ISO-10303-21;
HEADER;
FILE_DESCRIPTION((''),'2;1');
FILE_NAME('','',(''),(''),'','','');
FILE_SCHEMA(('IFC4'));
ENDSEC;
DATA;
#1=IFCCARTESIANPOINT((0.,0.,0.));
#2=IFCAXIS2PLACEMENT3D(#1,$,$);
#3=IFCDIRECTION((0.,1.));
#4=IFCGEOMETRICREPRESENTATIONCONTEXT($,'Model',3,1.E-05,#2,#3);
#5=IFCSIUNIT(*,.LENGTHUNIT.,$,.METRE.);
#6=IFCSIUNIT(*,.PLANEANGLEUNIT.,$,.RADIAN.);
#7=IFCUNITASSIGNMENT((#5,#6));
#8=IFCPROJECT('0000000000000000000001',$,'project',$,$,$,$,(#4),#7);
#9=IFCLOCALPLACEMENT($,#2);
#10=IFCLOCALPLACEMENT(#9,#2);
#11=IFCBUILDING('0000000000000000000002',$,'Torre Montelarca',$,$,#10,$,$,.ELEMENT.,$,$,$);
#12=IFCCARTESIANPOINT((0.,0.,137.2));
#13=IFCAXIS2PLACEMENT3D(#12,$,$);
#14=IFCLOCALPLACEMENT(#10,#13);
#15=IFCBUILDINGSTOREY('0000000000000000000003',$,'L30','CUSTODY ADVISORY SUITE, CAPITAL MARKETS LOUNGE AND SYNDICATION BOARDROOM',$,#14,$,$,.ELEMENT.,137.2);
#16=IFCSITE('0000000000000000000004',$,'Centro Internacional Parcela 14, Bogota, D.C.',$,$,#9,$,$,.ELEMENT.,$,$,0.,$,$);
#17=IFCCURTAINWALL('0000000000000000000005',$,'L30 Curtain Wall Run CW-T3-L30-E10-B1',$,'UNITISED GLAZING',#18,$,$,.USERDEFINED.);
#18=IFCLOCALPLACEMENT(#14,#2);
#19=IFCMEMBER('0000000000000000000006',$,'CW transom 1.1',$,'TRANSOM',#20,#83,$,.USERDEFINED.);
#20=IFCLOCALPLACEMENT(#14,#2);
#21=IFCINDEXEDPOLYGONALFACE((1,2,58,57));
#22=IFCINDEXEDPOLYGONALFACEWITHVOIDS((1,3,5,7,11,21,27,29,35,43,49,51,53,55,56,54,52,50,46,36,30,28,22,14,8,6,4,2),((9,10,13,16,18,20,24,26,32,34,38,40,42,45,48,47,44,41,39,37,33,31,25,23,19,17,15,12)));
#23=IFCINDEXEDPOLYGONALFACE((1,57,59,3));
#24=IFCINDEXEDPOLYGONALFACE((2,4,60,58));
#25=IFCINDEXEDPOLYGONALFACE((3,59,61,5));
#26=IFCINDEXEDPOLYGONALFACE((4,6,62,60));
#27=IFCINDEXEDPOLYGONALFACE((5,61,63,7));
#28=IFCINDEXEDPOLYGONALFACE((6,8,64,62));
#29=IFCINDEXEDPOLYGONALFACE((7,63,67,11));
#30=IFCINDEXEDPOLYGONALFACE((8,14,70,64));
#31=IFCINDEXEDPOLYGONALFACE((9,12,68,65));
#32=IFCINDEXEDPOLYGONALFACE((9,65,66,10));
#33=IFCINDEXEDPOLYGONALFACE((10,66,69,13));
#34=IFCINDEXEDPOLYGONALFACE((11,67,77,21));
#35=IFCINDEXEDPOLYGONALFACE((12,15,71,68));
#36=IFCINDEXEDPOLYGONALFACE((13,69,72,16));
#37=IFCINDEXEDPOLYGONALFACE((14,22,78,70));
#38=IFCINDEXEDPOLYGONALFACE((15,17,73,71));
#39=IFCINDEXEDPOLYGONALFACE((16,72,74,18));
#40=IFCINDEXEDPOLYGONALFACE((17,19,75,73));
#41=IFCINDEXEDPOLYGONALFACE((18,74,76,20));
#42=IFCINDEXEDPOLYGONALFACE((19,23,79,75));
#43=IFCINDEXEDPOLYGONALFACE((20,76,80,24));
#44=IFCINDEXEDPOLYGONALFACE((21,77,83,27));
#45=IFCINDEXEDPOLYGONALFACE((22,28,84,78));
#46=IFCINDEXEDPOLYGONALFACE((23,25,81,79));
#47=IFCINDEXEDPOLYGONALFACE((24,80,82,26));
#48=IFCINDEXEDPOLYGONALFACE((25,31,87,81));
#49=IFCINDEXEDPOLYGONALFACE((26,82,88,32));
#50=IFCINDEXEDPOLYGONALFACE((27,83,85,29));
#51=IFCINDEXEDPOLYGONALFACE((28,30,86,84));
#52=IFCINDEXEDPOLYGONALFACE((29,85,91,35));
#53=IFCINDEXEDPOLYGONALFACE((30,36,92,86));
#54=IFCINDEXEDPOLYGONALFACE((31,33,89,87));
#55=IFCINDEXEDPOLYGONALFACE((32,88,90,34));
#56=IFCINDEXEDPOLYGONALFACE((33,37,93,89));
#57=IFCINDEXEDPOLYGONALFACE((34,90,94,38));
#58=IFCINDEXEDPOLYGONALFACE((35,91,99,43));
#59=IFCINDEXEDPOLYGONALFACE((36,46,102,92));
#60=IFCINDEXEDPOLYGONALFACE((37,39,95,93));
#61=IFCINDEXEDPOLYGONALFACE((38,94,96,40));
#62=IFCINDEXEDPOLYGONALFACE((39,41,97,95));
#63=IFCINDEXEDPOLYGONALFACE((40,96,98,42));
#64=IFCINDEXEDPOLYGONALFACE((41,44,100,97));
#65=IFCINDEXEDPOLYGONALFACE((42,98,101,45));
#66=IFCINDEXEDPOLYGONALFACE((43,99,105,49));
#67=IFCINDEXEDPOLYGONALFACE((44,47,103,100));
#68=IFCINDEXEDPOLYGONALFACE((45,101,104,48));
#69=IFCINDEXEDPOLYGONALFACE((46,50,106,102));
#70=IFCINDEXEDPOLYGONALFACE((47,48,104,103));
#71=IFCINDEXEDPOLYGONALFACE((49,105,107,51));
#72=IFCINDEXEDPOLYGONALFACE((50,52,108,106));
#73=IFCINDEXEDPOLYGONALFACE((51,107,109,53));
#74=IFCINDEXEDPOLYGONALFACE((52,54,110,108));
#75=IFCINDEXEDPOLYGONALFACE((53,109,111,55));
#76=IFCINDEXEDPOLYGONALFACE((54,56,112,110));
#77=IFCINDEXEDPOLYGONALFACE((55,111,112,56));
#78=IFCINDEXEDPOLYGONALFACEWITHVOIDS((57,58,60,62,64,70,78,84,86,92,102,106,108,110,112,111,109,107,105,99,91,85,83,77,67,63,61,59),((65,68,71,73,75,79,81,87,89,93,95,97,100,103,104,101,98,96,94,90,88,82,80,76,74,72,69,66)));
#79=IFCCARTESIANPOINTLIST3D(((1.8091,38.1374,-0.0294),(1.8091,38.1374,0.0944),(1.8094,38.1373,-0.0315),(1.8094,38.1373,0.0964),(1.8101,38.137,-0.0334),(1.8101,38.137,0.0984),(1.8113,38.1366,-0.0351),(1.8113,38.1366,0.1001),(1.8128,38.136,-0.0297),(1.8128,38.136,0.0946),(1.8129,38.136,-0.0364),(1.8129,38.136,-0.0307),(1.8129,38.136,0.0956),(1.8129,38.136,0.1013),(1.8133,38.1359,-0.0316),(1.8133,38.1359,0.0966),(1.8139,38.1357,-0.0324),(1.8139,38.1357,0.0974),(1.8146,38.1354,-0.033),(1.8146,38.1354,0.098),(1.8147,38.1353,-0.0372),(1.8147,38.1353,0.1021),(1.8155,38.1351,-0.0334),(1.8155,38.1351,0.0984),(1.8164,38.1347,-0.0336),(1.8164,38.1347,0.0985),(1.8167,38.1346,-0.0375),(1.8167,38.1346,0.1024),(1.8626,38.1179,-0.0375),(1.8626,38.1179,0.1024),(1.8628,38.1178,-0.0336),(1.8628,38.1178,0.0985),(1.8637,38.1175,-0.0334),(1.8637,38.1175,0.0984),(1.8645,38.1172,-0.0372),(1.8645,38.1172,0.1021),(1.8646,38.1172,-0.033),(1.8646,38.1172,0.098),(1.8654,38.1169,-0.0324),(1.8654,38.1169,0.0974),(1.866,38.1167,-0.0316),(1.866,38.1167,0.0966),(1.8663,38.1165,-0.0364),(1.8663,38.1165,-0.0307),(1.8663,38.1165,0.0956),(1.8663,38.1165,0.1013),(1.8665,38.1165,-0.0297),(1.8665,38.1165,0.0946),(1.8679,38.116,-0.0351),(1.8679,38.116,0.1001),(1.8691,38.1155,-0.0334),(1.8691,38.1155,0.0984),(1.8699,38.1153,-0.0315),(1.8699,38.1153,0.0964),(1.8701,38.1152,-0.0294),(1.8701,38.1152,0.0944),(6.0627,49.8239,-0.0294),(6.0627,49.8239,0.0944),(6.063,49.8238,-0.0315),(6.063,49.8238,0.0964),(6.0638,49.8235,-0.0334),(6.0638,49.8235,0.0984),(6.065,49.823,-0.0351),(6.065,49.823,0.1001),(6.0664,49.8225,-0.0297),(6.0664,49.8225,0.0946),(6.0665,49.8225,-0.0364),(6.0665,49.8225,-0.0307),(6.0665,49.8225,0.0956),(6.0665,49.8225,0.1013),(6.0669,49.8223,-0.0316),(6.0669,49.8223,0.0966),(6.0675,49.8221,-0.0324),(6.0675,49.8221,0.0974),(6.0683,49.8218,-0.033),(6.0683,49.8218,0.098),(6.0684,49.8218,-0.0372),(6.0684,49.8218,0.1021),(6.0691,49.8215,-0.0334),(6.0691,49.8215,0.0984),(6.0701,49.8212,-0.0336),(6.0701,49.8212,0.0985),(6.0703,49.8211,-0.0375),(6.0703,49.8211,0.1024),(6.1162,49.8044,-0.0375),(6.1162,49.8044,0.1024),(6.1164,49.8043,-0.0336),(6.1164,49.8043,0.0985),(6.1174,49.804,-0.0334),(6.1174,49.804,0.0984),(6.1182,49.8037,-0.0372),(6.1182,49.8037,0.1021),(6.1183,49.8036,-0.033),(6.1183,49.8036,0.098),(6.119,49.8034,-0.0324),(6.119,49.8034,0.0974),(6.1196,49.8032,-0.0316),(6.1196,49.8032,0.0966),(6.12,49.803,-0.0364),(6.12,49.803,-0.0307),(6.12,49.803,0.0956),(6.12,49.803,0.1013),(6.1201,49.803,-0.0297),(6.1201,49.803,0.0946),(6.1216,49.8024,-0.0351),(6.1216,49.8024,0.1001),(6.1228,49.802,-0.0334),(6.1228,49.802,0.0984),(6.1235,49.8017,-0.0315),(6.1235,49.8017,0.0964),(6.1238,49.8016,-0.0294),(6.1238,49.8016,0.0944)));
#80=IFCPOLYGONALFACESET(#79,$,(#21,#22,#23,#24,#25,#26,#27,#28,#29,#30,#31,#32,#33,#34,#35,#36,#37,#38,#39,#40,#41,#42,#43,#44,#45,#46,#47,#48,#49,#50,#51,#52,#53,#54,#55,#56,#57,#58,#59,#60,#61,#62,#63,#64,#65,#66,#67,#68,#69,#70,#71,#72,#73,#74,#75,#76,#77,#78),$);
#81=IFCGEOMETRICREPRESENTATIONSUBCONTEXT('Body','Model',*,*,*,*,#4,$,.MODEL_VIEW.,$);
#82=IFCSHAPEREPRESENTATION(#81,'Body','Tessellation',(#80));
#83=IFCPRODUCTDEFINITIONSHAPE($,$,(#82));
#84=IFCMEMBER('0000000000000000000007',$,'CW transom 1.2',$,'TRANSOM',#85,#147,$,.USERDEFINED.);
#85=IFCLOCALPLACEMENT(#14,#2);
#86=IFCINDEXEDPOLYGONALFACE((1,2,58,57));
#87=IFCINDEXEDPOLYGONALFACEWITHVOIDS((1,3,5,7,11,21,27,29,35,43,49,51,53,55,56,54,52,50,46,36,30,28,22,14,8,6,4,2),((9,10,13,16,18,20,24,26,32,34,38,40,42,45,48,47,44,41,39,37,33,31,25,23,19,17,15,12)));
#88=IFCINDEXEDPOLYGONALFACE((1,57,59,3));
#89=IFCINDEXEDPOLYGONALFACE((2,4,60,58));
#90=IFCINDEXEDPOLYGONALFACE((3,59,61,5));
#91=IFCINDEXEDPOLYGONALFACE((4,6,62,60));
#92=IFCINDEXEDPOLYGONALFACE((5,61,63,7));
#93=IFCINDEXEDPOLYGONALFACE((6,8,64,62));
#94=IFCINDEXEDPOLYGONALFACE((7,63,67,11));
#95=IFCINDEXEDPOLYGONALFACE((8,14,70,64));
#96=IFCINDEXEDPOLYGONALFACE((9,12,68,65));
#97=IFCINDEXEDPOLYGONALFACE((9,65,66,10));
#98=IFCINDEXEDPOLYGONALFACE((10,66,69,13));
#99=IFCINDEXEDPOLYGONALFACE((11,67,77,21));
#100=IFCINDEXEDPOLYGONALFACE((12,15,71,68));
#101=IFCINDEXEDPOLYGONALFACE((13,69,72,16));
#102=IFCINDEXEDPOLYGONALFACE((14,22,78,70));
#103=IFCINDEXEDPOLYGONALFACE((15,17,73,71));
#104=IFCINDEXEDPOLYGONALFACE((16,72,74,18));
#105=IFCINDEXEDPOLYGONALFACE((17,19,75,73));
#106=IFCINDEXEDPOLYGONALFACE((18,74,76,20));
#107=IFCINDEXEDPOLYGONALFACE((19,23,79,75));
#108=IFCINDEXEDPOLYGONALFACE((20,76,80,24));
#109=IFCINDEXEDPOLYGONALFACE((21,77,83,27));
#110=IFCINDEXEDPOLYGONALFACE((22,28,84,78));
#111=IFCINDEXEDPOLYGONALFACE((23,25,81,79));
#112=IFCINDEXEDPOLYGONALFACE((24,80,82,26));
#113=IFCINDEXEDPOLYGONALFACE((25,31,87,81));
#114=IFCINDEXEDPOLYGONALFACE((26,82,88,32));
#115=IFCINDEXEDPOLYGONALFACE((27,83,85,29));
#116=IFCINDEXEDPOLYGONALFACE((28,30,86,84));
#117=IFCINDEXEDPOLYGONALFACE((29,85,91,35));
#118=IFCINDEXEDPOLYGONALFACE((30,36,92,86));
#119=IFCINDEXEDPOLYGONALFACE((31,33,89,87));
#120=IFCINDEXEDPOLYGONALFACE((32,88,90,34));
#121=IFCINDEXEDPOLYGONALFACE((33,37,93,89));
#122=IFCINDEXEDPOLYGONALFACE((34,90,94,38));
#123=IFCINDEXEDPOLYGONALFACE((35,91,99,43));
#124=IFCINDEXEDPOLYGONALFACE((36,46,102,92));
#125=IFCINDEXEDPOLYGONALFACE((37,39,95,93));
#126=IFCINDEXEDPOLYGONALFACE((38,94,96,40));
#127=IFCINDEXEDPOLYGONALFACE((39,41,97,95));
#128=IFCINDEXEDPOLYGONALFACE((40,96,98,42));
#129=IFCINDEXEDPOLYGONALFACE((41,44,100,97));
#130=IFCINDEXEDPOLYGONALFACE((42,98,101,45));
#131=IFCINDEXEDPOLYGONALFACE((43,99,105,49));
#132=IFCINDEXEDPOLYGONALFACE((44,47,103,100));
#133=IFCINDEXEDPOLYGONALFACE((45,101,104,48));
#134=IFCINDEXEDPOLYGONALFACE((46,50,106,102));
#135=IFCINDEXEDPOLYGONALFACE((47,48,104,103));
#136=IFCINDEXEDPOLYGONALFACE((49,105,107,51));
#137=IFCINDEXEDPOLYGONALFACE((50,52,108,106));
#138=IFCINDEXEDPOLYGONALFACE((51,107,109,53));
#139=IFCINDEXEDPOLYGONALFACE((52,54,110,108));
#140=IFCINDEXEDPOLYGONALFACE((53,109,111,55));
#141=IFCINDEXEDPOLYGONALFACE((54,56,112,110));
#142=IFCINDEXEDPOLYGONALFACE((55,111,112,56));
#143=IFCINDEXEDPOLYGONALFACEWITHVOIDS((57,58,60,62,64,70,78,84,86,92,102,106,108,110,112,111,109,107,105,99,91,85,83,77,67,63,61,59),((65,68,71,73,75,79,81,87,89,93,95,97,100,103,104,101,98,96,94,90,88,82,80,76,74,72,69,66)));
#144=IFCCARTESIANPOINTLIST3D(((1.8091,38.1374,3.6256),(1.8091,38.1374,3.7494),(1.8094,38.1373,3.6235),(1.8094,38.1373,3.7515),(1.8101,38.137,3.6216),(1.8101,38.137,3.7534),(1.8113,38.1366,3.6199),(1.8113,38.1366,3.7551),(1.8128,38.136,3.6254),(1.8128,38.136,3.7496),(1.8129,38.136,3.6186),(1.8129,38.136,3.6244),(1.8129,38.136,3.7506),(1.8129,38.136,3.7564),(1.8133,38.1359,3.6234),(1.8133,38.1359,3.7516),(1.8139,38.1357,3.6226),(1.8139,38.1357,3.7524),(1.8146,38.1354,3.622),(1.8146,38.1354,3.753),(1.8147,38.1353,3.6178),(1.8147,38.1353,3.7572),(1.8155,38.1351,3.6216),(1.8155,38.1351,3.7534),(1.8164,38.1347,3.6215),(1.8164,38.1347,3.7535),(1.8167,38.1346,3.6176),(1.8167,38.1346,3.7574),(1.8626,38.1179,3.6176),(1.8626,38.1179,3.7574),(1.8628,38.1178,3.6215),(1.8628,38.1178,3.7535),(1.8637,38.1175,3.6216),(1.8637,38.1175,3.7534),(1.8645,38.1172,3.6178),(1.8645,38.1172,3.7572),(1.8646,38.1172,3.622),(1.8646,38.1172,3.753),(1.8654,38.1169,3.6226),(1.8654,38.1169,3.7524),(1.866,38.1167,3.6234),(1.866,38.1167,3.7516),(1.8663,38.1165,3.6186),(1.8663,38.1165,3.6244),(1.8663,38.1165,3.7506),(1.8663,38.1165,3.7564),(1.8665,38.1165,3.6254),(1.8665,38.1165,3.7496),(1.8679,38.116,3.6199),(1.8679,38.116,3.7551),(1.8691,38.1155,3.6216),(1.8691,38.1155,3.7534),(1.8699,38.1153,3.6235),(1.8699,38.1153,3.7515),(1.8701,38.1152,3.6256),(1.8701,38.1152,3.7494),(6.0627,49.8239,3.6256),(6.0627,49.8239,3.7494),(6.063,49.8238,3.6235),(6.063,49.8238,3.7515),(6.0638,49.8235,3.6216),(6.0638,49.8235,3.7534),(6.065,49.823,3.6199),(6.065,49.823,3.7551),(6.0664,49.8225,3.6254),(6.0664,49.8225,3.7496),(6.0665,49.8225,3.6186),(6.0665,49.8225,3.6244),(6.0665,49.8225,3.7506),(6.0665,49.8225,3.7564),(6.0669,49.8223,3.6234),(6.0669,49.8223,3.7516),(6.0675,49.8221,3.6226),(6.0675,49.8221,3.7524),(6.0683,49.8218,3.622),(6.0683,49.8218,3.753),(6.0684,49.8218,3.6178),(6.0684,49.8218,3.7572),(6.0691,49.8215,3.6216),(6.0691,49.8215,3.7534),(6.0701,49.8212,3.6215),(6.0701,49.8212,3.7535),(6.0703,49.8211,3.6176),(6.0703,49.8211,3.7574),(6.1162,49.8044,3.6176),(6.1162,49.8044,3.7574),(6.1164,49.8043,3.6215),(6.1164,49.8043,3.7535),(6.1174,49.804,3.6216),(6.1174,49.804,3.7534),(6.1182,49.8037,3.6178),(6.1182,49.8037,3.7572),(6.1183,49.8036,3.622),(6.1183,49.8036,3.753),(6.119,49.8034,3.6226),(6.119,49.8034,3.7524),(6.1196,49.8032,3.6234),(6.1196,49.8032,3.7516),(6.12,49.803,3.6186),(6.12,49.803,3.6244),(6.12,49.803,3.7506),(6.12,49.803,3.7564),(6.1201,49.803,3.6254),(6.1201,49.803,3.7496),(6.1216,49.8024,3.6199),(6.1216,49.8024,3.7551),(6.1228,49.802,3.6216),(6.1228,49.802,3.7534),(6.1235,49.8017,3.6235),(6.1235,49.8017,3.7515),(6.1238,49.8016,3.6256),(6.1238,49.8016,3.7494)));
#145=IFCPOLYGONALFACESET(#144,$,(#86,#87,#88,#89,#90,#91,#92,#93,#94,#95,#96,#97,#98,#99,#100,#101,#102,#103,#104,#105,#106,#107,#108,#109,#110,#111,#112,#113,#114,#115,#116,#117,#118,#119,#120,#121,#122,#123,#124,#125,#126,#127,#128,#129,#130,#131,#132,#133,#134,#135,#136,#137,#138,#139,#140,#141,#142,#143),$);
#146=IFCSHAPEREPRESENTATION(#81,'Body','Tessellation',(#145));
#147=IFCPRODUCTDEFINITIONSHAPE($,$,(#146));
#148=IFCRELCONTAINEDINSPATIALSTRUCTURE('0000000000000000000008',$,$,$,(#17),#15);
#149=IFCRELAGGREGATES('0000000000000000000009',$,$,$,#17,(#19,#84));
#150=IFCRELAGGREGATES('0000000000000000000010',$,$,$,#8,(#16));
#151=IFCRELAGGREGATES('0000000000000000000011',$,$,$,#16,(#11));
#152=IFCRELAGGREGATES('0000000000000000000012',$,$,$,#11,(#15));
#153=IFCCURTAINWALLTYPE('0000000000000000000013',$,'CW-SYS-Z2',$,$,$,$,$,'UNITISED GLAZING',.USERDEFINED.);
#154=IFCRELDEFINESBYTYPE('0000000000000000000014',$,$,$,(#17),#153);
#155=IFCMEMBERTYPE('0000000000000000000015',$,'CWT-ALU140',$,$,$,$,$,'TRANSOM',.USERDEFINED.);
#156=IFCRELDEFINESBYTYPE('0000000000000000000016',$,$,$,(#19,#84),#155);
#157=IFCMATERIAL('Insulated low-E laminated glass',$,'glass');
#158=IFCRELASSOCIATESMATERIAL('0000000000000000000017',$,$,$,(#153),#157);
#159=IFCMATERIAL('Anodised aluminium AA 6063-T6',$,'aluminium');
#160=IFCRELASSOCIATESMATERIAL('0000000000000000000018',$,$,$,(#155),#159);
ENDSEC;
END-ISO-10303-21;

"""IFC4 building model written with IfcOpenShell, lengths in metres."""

from ifc_helpers import new_model, si_unit, direction, frame, origin, origin_2d, place, context, subcontext, project, spatial, hollow_rectangle, extrude, source, transform, mapped, material, material_profile, profile_set, type_object, element, aggregate, save


model = new_model("IFC4")

# Units and contexts
model_context = context("Model", 3, precision=1e-05, world=origin(), true_north=direction((0.0, 1.0)))
body_context = subcontext(model_context, "Body", "Model", "MODEL_VIEW")
ifc_project = project(units=[si_unit("LENGTHUNIT", "METRE"), si_unit("PLANEANGLEUNIT", "RADIAN")], contexts=[model_context])

# Site, building, storey
site_placement = place(None, origin())
site = spatial("IfcSite", under=ifc_project, at=site_placement, Name="Centro Internacional Parcela 14, Bogota, D.C.", CompositionType="ELEMENT", RefElevation=0.0)
building_placement = place(site_placement, origin())
building = spatial("IfcBuilding", under=site, at=building_placement, Name="Torre Montelarca", CompositionType="ELEMENT")
storey_placement = place(building_placement, frame((0.0, 0.0, 137.2)))
storey = spatial("IfcBuildingStorey", under=building, at=storey_placement, Name="L30", Description="CUSTODY ADVISORY SUITE, CAPITAL MARKETS LOUNGE AND SYNDICATION BOARDROOM", CompositionType="ELEMENT", Elevation=137.2)

# Curtain wall, members
ifc_material_1 = material(Name="Insulated low-E laminated glass", Category="glass")
curtain_wall_type = type_object("IfcCurtainWallType", Name="CW-SYS-Z2", ElementType="UNITISED GLAZING", PredefinedType="USERDEFINED", material=ifc_material_1)
ifc_material_2 = material(Name="Anodised aluminium AA 6063-T6", Category="aluminium")
ifc_material_profile_1 = material_profile(ifc_material_2, hollow_rectangle(XDim=0.0649, YDim=0.1399, WallThickness=0.0039, InnerFilletRadius=0.0039, OuterFilletRadius=0.0081, at=origin_2d()), Name="ALU65X140X4", Category="aluminium")
ifc_profile_set_1 = profile_set([ifc_material_profile_1], Name="Anodised aluminium AA 6063-T6")
member_type_1 = type_object("IfcMemberType", Name="CWT-ALU140", ElementType="TRANSOM", PredefinedType="USERDEFINED", material=ifc_profile_set_1)
curtain_wall_1_placement = place(storey_placement, origin())
curtain_wall_1 = element("IfcCurtainWall", 1, at=curtain_wall_1_placement, inside=storey, type_object=curtain_wall_type, Name="L30 Curtain Wall Run CW-T3-L30-E10-B1", ObjectType="UNITISED GLAZING", PredefinedType="USERDEFINED")
shared_shape_1 = source(origin(), body_context, "Body", "SweptSolid", [
    extrude(hollow_rectangle(XDim=0.0649, YDim=0.1399, WallThickness=0.0039, InnerFilletRadius=0.0039, OuterFilletRadius=0.0081, at=origin_2d()), origin(), (0.0, 0.0, 1.0), 12.4365),
])
member_1_placement = place(storey_placement, frame((6.0933, 49.8127, 0.0325), z_axis=(-0.342028, -0.93969, 0.0), x_axis=(0.93969, -0.342028, 0.0)))
member_1 = element("IfcMember", 2, at=member_1_placement, type_object=member_type_1, Name="CW transom 1.1", ObjectType="TRANSOM", PredefinedType="USERDEFINED", context=body_context, shape_type="MappedRepresentation", body=[
    mapped(shared_shape_1, transform((0.0, 0.0, 0.0), scale=1.0)),
])
member_2_placement = place(storey_placement, frame((6.0933, 49.8127, 3.6875), z_axis=(-0.342028, -0.93969, 0.0), x_axis=(0.93969, -0.342028, 0.0)))
member_2 = element("IfcMember", 3, at=member_2_placement, type_object=member_type_1, Name="CW transom 1.2", ObjectType="TRANSOM", PredefinedType="USERDEFINED", context=body_context, shape_type="MappedRepresentation", body=[
    mapped(shared_shape_1, transform((0.0, 0.0, 0.0), scale=1.0)),
])

aggregate(curtain_wall_1, [member_1, member_2])

save(model, "model.ifc")
